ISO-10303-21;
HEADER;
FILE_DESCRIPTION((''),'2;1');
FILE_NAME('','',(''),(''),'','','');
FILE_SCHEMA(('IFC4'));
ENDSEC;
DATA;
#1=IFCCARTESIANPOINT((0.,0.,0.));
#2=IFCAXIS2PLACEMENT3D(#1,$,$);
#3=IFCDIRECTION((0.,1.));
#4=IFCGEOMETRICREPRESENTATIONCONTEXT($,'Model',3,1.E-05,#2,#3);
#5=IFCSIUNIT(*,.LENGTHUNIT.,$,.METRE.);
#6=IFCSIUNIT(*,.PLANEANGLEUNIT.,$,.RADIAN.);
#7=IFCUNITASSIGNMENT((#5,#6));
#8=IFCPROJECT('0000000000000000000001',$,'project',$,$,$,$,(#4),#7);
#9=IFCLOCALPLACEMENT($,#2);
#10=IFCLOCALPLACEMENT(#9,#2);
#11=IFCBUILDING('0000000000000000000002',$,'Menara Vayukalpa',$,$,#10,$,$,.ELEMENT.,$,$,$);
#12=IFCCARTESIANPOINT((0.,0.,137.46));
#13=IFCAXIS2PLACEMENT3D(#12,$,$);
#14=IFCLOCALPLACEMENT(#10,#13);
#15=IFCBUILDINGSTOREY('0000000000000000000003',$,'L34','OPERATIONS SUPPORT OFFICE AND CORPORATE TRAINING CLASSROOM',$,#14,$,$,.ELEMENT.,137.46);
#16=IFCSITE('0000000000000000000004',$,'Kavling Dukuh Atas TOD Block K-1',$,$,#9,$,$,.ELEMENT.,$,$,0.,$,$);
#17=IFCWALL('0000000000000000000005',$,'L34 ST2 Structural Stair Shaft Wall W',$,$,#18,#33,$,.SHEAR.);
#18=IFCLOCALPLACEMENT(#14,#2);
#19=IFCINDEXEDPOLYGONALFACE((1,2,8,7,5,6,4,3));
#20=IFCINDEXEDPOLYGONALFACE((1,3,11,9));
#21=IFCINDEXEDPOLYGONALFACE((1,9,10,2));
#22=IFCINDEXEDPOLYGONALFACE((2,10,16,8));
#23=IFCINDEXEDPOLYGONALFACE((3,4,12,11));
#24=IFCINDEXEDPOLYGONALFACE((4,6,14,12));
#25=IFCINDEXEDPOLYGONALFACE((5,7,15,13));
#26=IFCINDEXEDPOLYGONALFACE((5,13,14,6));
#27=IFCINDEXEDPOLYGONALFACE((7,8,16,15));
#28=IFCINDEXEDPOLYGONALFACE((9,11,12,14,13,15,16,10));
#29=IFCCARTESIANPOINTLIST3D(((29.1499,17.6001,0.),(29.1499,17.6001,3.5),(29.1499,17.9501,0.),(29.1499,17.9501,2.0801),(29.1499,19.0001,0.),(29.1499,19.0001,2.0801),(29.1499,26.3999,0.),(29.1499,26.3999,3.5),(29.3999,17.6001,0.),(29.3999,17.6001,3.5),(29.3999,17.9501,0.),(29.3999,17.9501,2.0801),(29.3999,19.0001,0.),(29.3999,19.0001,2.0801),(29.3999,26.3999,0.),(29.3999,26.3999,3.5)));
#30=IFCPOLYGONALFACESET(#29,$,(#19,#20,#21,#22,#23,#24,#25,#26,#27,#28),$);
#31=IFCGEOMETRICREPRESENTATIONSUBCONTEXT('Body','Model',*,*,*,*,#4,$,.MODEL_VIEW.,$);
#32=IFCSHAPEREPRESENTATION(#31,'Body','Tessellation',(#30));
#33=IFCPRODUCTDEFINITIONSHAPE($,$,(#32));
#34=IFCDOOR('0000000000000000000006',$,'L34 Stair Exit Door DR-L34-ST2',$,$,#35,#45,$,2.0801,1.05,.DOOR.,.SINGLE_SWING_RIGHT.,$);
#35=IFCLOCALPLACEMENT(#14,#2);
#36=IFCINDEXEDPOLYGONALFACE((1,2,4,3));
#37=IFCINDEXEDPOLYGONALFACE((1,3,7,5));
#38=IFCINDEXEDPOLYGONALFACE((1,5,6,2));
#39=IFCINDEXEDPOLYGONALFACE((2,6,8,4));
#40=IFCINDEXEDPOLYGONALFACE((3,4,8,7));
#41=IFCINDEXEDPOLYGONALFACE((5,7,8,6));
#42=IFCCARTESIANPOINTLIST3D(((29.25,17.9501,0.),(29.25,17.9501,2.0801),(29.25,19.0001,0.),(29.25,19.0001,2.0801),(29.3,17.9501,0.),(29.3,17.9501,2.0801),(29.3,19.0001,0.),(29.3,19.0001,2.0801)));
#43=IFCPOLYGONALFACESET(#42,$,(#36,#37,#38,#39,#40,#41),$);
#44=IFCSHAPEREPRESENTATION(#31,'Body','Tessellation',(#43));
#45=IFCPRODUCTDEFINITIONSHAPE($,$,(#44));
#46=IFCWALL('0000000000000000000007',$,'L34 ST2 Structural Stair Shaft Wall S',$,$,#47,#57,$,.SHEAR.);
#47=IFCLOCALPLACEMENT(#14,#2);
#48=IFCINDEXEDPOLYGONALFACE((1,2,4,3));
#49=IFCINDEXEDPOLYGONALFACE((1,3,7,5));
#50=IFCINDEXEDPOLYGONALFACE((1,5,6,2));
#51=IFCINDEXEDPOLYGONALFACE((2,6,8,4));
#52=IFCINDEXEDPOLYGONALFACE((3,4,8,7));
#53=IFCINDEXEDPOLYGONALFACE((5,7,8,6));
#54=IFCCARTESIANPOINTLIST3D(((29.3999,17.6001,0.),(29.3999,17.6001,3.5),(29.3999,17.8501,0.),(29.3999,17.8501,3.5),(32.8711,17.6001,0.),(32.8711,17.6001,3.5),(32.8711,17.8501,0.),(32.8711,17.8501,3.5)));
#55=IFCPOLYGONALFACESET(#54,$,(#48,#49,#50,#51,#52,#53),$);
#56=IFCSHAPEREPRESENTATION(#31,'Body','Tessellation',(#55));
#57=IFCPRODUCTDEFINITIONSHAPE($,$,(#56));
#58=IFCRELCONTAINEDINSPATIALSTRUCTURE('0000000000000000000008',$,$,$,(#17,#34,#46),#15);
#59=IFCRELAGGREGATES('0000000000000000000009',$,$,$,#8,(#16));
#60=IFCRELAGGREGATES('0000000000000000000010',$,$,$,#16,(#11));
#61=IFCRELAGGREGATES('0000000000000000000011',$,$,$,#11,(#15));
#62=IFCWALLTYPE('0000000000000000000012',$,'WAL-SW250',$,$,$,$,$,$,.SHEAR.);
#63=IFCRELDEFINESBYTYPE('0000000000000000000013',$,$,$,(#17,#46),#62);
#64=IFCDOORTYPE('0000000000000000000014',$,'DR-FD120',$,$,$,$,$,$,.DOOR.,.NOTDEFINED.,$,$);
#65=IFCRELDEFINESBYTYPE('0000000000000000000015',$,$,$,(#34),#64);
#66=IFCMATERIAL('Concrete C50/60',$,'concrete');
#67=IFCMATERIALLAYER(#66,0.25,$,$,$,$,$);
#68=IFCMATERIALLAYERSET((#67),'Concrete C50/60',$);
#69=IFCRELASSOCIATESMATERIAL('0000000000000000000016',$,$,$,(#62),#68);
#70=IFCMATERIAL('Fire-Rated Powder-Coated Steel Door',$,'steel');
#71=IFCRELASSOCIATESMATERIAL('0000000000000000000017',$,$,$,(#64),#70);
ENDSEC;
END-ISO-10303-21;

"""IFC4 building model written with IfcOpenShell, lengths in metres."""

from ifc_helpers import new_model, si_unit, direction, frame, frame_2d, origin, place, context, subcontext, project, spatial, rectangle, extrude, material, layer, layer_set, type_object, element, fill, save


model = new_model("IFC4")

# Units and contexts
model_context = context("Model", 3, precision=1e-05, world=origin(), true_north=direction((0.0, 1.0)))
body_context = subcontext(model_context, "Body", "Model", "MODEL_VIEW")
ifc_project = project(units=[si_unit("LENGTHUNIT", "METRE"), si_unit("PLANEANGLEUNIT", "RADIAN")], contexts=[model_context])

# Site, building, storey
site_placement = place(None, origin())
site = spatial("IfcSite", under=ifc_project, at=site_placement, Name="Kavling Dukuh Atas TOD Block K-1", CompositionType="ELEMENT", RefElevation=0.0)
building_placement = place(site_placement, origin())
building = spatial("IfcBuilding", under=site, at=building_placement, Name="Menara Vayukalpa", CompositionType="ELEMENT")
storey_placement = place(building_placement, frame((0.0, 0.0, 137.46)))
storey = spatial("IfcBuildingStorey", under=building, at=storey_placement, Name="L34", Description="OPERATIONS SUPPORT OFFICE AND CORPORATE TRAINING CLASSROOM", CompositionType="ELEMENT", Elevation=137.46)

# Wall, opening, door
ifc_material_1 = material(Name="Concrete C50/60", Category="concrete")
ifc_layer_1 = layer(ifc_material_1, 0.25)
ifc_layer_set_1 = layer_set([ifc_layer_1], Name="Concrete C50/60")
wall_type_1 = type_object("IfcWallType", Name="WAL-SW250", PredefinedType="SHEAR", material=ifc_layer_set_1)
wall_1_placement = place(storey_placement, frame((29.2749, 17.6001, 0.0), z_axis=(0.0, 0.0, 1.0), x_axis=(0.0, 1.0, 0.0)))
wall_1 = element("IfcWall", 1, at=wall_1_placement, inside=storey, type_object=wall_type_1, Name="L34 ST2 Structural Stair Shaft Wall W", PredefinedType="SHEAR", context=body_context, shape_type="SweptSolid", body=[
    extrude(rectangle(XDim=8.7998, YDim=0.25, at=frame_2d((4.3999, 0.0))), origin(), (0.0, 0.0, 1.0), 3.5),
])
opening_1_placement = place(wall_1_placement, frame((0.3501, 0.0, 0.0)))
opening_1 = element("IfcOpeningElement", 2, at=opening_1_placement, cuts=wall_1, PredefinedType="OPENING", context=body_context, shape_type="SweptSolid", body=[
    extrude(rectangle(XDim=1.05, YDim=2.0801, at=frame_2d((0.5249, 1.04))), frame((0.0, 0.135, 0.0), z_axis=(0.0, -1.0, 0.0), x_axis=(1.0, 0.0, 0.0)), (0.0, 0.0, 1.0), 0.27),
])
ifc_material_2 = material(Name="Fire-Rated Powder-Coated Steel Door", Category="steel")
door_type_1 = type_object("IfcDoorType", Name="DR-FD120", OperationType="NOTDEFINED", PredefinedType="DOOR", material=ifc_material_2)
door_1_placement = place(opening_1_placement, origin())
door_1 = element("IfcDoor", 3, at=door_1_placement, inside=storey, type_object=door_type_1, Name="L34 Stair Exit Door DR-L34-ST2", OperationType="SINGLE_SWING_RIGHT", OverallHeight=2.0801, OverallWidth=1.05, PredefinedType="DOOR", context=body_context, shape_type="SweptSolid", body=[
    extrude(rectangle(XDim=1.05, YDim=2.0801, at=frame_2d((0.5249, 1.04))), frame((0.0, 0.0249, 0.0), z_axis=(0.0, -1.0, 0.0), x_axis=(1.0, 0.0, 0.0)), (0.0, 0.0, 1.0), 0.05),
])
fill(opening_1, door_1)

# Wall
wall_2_placement = place(storey_placement, frame((29.3999, 17.7251, 0.0), z_axis=(0.0, 0.0, 1.0), x_axis=(1.0, 0.0, 0.0)))
element("IfcWall", 4, at=wall_2_placement, inside=storey, type_object=wall_type_1, Name="L34 ST2 Structural Stair Shaft Wall S", PredefinedType="SHEAR", context=body_context, shape_type="SweptSolid", body=[
    extrude(rectangle(XDim=3.4712, YDim=0.25, at=frame_2d((1.7356, 0.0))), origin(), (0.0, 0.0, 1.0), 3.5),
])

save(model, "model.ifc")
